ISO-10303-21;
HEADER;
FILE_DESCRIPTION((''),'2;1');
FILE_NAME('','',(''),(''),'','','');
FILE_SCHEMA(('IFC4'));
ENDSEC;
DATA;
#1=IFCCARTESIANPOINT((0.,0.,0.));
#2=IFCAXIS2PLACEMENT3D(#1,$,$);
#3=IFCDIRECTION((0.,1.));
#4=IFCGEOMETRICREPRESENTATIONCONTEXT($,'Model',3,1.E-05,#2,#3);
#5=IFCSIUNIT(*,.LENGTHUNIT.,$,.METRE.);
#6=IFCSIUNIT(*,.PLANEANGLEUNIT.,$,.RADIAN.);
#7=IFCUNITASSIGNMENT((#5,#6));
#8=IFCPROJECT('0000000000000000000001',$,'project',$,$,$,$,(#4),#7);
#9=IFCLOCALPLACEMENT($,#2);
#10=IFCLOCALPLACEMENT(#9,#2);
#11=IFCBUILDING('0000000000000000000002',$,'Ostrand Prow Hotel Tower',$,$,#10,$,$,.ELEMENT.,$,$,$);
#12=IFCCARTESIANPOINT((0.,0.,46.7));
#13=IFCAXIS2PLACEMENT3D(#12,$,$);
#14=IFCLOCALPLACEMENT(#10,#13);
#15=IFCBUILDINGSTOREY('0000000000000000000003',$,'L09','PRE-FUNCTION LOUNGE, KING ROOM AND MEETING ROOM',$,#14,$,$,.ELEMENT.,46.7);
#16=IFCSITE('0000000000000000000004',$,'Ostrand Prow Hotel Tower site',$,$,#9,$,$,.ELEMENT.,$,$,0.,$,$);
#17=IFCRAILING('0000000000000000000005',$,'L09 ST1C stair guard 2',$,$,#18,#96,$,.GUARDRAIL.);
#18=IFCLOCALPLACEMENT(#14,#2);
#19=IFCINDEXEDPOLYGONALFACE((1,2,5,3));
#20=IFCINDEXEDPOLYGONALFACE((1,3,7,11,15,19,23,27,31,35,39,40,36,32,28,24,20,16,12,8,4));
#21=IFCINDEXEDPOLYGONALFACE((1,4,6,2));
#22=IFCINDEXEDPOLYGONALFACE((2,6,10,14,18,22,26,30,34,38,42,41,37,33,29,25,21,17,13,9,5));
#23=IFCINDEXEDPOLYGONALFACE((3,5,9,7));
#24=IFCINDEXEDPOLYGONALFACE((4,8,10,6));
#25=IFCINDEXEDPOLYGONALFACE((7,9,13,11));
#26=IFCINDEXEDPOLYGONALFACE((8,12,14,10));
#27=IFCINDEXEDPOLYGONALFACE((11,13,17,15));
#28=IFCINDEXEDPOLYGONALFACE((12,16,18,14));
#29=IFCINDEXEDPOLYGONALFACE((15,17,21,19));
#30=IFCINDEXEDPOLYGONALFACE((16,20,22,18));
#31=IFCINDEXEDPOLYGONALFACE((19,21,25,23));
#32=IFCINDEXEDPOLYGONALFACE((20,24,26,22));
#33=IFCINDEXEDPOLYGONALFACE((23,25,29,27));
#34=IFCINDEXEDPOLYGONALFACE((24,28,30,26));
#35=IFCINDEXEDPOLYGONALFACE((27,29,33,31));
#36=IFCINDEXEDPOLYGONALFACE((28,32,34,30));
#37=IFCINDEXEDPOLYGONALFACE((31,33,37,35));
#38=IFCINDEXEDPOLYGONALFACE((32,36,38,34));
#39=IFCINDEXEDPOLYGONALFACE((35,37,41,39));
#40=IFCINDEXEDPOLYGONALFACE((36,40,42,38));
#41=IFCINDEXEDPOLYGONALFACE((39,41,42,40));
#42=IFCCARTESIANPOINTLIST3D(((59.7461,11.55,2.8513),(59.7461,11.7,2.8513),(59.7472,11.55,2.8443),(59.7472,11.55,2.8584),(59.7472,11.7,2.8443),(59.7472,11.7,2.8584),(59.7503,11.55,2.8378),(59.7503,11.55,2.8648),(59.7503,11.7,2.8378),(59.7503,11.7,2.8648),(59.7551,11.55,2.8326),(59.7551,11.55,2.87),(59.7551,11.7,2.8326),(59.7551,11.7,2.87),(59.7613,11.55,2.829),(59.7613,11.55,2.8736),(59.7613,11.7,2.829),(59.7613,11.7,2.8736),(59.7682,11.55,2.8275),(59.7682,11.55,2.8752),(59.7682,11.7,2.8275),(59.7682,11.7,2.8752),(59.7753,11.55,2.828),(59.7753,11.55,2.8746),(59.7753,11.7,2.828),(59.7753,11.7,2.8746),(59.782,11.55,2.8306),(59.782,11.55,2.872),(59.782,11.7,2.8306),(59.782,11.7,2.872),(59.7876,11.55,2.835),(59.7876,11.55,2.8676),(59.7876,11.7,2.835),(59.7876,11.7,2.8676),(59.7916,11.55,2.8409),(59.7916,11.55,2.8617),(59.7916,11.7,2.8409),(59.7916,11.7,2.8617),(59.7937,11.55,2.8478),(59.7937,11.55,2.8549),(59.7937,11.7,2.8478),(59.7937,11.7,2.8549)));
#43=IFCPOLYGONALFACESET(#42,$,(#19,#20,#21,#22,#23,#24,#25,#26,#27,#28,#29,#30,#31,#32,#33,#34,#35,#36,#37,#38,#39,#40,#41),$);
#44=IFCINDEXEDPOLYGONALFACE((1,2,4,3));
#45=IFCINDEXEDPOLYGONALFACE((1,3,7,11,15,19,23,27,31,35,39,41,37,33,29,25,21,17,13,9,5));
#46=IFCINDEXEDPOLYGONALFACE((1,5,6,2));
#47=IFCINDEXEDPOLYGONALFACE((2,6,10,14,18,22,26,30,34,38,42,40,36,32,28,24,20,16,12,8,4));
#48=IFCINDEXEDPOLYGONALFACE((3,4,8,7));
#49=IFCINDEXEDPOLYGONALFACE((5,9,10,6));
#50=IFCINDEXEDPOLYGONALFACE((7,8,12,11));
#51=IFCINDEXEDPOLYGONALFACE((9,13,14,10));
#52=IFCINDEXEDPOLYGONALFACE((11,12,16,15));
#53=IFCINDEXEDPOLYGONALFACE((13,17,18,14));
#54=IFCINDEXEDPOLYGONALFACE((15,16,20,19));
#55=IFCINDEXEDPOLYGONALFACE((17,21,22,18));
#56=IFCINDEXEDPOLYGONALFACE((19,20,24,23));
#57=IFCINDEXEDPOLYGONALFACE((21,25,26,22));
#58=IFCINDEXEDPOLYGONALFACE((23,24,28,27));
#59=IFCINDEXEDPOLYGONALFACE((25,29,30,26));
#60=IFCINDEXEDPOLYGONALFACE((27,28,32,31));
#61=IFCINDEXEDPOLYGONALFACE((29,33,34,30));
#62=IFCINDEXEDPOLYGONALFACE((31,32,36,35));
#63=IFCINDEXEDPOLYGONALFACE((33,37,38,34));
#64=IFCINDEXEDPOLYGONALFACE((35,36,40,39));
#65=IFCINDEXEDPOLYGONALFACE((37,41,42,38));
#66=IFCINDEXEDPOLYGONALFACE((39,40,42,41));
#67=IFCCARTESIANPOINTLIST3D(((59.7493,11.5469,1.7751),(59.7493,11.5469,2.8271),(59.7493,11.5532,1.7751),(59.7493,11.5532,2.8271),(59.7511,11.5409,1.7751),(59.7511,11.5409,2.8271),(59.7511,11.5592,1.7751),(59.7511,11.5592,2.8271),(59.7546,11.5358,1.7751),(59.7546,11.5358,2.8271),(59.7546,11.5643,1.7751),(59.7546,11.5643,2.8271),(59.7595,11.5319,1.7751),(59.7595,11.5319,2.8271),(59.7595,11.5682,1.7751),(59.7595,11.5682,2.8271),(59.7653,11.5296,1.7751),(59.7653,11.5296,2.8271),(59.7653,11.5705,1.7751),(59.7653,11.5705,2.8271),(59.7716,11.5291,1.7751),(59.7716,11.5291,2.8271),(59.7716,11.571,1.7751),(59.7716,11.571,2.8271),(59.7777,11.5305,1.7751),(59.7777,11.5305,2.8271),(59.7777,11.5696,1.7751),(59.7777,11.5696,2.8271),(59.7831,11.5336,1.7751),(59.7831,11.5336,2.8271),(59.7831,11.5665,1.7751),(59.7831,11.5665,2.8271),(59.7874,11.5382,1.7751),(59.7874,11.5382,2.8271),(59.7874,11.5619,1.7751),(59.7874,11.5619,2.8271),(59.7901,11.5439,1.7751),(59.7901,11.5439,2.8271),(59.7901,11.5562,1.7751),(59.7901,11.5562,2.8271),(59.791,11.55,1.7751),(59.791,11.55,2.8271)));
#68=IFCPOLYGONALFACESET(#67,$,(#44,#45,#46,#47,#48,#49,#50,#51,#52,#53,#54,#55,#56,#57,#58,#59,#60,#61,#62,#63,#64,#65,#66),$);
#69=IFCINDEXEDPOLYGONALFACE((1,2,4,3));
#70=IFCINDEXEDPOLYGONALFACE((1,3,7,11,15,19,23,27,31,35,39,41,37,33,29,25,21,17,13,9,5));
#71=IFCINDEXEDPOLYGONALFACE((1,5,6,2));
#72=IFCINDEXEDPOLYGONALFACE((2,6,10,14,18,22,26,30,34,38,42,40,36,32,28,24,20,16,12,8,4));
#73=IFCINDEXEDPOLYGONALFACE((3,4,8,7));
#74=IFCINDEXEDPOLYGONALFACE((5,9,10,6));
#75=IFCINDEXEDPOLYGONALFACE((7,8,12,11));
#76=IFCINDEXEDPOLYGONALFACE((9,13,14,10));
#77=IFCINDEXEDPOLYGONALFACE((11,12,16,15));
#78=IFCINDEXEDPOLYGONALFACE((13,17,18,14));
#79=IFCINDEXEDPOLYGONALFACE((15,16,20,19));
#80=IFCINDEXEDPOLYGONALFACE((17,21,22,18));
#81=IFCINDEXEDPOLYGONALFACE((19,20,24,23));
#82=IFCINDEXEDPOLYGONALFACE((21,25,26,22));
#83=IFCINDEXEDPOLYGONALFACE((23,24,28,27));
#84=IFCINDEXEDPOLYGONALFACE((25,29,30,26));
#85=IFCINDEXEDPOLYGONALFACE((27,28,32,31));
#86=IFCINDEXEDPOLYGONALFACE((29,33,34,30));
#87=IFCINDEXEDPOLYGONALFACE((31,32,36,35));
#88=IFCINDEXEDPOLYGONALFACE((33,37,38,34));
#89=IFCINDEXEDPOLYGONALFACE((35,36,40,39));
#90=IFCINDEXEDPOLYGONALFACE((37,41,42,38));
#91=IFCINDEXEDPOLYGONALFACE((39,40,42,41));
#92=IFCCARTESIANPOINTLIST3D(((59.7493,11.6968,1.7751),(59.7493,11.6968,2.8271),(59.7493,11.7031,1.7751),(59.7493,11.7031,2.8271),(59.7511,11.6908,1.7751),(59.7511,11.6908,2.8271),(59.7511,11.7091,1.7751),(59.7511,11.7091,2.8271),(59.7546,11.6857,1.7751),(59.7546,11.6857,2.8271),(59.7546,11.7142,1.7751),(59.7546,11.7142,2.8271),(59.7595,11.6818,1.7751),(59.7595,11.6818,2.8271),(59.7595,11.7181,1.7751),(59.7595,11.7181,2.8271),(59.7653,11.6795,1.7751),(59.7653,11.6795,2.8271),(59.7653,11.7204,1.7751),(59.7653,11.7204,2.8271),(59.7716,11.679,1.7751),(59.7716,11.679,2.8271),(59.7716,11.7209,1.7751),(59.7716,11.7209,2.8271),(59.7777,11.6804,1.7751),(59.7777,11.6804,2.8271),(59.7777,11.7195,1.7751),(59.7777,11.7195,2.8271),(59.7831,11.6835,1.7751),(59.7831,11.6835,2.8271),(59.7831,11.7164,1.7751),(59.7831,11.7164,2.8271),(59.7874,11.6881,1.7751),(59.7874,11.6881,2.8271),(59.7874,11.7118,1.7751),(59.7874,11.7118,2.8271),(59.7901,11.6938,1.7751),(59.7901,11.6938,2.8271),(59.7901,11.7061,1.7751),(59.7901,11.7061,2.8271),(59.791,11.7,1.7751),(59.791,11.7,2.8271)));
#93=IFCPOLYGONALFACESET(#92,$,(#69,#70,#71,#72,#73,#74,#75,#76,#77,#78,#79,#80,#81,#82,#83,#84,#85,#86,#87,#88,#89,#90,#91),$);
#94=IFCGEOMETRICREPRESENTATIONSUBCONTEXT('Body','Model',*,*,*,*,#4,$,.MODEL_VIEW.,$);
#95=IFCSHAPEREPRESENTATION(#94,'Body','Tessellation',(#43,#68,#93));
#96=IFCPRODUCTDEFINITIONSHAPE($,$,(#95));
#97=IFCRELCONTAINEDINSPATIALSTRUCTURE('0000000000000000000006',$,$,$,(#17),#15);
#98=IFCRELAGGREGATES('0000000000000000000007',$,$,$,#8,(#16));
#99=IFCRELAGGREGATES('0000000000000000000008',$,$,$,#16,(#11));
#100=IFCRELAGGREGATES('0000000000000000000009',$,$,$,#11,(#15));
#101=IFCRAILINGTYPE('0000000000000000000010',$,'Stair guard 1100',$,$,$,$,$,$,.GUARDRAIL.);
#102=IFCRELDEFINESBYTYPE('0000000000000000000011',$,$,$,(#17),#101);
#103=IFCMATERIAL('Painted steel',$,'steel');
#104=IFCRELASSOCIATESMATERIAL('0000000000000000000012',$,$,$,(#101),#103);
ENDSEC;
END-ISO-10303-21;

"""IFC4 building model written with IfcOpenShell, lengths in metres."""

from ifc_helpers import new_model, si_unit, direction, frame, origin, origin_2d, place, context, subcontext, project, spatial, circle, extrude, material, type_object, element, save


model = new_model("IFC4")

# Units and contexts
model_context = context("Model", 3, precision=1e-05, world=origin(), true_north=direction((0.0, 1.0)))
body_context = subcontext(model_context, "Body", "Model", "MODEL_VIEW")
ifc_project = project(units=[si_unit("LENGTHUNIT", "METRE"), si_unit("PLANEANGLEUNIT", "RADIAN")], contexts=[model_context])

# Site, building, storey
site_placement = place(None, origin())
site = spatial("IfcSite", under=ifc_project, at=site_placement, Name="Ostrand Prow Hotel Tower site", CompositionType="ELEMENT", RefElevation=0.0)
building_placement = place(site_placement, origin())
building = spatial("IfcBuilding", under=site, at=building_placement, Name="Ostrand Prow Hotel Tower", CompositionType="ELEMENT")
storey_placement = place(building_placement, frame((0.0, 0.0, 46.7)))
storey = spatial("IfcBuildingStorey", under=building, at=storey_placement, Name="L09", Description="PRE-FUNCTION LOUNGE, KING ROOM AND MEETING ROOM", CompositionType="ELEMENT", Elevation=46.7)

# Railing
ifc_material_1 = material(Name="Painted steel", Category="steel")
railing_type_1 = type_object("IfcRailingType", Name="Stair guard 1100", PredefinedType="GUARDRAIL", material=ifc_material_1)
railing_1_placement = place(storey_placement, frame((59.77, 11.55, 1.7751)))
element("IfcRailing", 1, at=railing_1_placement, inside=storey, type_object=railing_type_1, Name="L09 ST1C stair guard 2", PredefinedType="GUARDRAIL", context=body_context, shape_type="SweptSolid", body=[
    extrude(circle(Radius=0.0239, at=origin_2d()), frame((0.0, 0.0, 1.0762), z_axis=(0.0, 1.0, 0.0), x_axis=(-1.0, 0.0, 0.0)), (0.0, 0.0, 1.0), 0.1499),
    extrude(circle(Radius=0.021, at=origin_2d()), origin(), (0.0, 0.0, 1.0), 1.052),
    extrude(circle(Radius=0.021, at=origin_2d()), frame((0.0, 0.1499, 0.0)), (0.0, 0.0, 1.0), 1.052),
])

save(model, "model.ifc")
